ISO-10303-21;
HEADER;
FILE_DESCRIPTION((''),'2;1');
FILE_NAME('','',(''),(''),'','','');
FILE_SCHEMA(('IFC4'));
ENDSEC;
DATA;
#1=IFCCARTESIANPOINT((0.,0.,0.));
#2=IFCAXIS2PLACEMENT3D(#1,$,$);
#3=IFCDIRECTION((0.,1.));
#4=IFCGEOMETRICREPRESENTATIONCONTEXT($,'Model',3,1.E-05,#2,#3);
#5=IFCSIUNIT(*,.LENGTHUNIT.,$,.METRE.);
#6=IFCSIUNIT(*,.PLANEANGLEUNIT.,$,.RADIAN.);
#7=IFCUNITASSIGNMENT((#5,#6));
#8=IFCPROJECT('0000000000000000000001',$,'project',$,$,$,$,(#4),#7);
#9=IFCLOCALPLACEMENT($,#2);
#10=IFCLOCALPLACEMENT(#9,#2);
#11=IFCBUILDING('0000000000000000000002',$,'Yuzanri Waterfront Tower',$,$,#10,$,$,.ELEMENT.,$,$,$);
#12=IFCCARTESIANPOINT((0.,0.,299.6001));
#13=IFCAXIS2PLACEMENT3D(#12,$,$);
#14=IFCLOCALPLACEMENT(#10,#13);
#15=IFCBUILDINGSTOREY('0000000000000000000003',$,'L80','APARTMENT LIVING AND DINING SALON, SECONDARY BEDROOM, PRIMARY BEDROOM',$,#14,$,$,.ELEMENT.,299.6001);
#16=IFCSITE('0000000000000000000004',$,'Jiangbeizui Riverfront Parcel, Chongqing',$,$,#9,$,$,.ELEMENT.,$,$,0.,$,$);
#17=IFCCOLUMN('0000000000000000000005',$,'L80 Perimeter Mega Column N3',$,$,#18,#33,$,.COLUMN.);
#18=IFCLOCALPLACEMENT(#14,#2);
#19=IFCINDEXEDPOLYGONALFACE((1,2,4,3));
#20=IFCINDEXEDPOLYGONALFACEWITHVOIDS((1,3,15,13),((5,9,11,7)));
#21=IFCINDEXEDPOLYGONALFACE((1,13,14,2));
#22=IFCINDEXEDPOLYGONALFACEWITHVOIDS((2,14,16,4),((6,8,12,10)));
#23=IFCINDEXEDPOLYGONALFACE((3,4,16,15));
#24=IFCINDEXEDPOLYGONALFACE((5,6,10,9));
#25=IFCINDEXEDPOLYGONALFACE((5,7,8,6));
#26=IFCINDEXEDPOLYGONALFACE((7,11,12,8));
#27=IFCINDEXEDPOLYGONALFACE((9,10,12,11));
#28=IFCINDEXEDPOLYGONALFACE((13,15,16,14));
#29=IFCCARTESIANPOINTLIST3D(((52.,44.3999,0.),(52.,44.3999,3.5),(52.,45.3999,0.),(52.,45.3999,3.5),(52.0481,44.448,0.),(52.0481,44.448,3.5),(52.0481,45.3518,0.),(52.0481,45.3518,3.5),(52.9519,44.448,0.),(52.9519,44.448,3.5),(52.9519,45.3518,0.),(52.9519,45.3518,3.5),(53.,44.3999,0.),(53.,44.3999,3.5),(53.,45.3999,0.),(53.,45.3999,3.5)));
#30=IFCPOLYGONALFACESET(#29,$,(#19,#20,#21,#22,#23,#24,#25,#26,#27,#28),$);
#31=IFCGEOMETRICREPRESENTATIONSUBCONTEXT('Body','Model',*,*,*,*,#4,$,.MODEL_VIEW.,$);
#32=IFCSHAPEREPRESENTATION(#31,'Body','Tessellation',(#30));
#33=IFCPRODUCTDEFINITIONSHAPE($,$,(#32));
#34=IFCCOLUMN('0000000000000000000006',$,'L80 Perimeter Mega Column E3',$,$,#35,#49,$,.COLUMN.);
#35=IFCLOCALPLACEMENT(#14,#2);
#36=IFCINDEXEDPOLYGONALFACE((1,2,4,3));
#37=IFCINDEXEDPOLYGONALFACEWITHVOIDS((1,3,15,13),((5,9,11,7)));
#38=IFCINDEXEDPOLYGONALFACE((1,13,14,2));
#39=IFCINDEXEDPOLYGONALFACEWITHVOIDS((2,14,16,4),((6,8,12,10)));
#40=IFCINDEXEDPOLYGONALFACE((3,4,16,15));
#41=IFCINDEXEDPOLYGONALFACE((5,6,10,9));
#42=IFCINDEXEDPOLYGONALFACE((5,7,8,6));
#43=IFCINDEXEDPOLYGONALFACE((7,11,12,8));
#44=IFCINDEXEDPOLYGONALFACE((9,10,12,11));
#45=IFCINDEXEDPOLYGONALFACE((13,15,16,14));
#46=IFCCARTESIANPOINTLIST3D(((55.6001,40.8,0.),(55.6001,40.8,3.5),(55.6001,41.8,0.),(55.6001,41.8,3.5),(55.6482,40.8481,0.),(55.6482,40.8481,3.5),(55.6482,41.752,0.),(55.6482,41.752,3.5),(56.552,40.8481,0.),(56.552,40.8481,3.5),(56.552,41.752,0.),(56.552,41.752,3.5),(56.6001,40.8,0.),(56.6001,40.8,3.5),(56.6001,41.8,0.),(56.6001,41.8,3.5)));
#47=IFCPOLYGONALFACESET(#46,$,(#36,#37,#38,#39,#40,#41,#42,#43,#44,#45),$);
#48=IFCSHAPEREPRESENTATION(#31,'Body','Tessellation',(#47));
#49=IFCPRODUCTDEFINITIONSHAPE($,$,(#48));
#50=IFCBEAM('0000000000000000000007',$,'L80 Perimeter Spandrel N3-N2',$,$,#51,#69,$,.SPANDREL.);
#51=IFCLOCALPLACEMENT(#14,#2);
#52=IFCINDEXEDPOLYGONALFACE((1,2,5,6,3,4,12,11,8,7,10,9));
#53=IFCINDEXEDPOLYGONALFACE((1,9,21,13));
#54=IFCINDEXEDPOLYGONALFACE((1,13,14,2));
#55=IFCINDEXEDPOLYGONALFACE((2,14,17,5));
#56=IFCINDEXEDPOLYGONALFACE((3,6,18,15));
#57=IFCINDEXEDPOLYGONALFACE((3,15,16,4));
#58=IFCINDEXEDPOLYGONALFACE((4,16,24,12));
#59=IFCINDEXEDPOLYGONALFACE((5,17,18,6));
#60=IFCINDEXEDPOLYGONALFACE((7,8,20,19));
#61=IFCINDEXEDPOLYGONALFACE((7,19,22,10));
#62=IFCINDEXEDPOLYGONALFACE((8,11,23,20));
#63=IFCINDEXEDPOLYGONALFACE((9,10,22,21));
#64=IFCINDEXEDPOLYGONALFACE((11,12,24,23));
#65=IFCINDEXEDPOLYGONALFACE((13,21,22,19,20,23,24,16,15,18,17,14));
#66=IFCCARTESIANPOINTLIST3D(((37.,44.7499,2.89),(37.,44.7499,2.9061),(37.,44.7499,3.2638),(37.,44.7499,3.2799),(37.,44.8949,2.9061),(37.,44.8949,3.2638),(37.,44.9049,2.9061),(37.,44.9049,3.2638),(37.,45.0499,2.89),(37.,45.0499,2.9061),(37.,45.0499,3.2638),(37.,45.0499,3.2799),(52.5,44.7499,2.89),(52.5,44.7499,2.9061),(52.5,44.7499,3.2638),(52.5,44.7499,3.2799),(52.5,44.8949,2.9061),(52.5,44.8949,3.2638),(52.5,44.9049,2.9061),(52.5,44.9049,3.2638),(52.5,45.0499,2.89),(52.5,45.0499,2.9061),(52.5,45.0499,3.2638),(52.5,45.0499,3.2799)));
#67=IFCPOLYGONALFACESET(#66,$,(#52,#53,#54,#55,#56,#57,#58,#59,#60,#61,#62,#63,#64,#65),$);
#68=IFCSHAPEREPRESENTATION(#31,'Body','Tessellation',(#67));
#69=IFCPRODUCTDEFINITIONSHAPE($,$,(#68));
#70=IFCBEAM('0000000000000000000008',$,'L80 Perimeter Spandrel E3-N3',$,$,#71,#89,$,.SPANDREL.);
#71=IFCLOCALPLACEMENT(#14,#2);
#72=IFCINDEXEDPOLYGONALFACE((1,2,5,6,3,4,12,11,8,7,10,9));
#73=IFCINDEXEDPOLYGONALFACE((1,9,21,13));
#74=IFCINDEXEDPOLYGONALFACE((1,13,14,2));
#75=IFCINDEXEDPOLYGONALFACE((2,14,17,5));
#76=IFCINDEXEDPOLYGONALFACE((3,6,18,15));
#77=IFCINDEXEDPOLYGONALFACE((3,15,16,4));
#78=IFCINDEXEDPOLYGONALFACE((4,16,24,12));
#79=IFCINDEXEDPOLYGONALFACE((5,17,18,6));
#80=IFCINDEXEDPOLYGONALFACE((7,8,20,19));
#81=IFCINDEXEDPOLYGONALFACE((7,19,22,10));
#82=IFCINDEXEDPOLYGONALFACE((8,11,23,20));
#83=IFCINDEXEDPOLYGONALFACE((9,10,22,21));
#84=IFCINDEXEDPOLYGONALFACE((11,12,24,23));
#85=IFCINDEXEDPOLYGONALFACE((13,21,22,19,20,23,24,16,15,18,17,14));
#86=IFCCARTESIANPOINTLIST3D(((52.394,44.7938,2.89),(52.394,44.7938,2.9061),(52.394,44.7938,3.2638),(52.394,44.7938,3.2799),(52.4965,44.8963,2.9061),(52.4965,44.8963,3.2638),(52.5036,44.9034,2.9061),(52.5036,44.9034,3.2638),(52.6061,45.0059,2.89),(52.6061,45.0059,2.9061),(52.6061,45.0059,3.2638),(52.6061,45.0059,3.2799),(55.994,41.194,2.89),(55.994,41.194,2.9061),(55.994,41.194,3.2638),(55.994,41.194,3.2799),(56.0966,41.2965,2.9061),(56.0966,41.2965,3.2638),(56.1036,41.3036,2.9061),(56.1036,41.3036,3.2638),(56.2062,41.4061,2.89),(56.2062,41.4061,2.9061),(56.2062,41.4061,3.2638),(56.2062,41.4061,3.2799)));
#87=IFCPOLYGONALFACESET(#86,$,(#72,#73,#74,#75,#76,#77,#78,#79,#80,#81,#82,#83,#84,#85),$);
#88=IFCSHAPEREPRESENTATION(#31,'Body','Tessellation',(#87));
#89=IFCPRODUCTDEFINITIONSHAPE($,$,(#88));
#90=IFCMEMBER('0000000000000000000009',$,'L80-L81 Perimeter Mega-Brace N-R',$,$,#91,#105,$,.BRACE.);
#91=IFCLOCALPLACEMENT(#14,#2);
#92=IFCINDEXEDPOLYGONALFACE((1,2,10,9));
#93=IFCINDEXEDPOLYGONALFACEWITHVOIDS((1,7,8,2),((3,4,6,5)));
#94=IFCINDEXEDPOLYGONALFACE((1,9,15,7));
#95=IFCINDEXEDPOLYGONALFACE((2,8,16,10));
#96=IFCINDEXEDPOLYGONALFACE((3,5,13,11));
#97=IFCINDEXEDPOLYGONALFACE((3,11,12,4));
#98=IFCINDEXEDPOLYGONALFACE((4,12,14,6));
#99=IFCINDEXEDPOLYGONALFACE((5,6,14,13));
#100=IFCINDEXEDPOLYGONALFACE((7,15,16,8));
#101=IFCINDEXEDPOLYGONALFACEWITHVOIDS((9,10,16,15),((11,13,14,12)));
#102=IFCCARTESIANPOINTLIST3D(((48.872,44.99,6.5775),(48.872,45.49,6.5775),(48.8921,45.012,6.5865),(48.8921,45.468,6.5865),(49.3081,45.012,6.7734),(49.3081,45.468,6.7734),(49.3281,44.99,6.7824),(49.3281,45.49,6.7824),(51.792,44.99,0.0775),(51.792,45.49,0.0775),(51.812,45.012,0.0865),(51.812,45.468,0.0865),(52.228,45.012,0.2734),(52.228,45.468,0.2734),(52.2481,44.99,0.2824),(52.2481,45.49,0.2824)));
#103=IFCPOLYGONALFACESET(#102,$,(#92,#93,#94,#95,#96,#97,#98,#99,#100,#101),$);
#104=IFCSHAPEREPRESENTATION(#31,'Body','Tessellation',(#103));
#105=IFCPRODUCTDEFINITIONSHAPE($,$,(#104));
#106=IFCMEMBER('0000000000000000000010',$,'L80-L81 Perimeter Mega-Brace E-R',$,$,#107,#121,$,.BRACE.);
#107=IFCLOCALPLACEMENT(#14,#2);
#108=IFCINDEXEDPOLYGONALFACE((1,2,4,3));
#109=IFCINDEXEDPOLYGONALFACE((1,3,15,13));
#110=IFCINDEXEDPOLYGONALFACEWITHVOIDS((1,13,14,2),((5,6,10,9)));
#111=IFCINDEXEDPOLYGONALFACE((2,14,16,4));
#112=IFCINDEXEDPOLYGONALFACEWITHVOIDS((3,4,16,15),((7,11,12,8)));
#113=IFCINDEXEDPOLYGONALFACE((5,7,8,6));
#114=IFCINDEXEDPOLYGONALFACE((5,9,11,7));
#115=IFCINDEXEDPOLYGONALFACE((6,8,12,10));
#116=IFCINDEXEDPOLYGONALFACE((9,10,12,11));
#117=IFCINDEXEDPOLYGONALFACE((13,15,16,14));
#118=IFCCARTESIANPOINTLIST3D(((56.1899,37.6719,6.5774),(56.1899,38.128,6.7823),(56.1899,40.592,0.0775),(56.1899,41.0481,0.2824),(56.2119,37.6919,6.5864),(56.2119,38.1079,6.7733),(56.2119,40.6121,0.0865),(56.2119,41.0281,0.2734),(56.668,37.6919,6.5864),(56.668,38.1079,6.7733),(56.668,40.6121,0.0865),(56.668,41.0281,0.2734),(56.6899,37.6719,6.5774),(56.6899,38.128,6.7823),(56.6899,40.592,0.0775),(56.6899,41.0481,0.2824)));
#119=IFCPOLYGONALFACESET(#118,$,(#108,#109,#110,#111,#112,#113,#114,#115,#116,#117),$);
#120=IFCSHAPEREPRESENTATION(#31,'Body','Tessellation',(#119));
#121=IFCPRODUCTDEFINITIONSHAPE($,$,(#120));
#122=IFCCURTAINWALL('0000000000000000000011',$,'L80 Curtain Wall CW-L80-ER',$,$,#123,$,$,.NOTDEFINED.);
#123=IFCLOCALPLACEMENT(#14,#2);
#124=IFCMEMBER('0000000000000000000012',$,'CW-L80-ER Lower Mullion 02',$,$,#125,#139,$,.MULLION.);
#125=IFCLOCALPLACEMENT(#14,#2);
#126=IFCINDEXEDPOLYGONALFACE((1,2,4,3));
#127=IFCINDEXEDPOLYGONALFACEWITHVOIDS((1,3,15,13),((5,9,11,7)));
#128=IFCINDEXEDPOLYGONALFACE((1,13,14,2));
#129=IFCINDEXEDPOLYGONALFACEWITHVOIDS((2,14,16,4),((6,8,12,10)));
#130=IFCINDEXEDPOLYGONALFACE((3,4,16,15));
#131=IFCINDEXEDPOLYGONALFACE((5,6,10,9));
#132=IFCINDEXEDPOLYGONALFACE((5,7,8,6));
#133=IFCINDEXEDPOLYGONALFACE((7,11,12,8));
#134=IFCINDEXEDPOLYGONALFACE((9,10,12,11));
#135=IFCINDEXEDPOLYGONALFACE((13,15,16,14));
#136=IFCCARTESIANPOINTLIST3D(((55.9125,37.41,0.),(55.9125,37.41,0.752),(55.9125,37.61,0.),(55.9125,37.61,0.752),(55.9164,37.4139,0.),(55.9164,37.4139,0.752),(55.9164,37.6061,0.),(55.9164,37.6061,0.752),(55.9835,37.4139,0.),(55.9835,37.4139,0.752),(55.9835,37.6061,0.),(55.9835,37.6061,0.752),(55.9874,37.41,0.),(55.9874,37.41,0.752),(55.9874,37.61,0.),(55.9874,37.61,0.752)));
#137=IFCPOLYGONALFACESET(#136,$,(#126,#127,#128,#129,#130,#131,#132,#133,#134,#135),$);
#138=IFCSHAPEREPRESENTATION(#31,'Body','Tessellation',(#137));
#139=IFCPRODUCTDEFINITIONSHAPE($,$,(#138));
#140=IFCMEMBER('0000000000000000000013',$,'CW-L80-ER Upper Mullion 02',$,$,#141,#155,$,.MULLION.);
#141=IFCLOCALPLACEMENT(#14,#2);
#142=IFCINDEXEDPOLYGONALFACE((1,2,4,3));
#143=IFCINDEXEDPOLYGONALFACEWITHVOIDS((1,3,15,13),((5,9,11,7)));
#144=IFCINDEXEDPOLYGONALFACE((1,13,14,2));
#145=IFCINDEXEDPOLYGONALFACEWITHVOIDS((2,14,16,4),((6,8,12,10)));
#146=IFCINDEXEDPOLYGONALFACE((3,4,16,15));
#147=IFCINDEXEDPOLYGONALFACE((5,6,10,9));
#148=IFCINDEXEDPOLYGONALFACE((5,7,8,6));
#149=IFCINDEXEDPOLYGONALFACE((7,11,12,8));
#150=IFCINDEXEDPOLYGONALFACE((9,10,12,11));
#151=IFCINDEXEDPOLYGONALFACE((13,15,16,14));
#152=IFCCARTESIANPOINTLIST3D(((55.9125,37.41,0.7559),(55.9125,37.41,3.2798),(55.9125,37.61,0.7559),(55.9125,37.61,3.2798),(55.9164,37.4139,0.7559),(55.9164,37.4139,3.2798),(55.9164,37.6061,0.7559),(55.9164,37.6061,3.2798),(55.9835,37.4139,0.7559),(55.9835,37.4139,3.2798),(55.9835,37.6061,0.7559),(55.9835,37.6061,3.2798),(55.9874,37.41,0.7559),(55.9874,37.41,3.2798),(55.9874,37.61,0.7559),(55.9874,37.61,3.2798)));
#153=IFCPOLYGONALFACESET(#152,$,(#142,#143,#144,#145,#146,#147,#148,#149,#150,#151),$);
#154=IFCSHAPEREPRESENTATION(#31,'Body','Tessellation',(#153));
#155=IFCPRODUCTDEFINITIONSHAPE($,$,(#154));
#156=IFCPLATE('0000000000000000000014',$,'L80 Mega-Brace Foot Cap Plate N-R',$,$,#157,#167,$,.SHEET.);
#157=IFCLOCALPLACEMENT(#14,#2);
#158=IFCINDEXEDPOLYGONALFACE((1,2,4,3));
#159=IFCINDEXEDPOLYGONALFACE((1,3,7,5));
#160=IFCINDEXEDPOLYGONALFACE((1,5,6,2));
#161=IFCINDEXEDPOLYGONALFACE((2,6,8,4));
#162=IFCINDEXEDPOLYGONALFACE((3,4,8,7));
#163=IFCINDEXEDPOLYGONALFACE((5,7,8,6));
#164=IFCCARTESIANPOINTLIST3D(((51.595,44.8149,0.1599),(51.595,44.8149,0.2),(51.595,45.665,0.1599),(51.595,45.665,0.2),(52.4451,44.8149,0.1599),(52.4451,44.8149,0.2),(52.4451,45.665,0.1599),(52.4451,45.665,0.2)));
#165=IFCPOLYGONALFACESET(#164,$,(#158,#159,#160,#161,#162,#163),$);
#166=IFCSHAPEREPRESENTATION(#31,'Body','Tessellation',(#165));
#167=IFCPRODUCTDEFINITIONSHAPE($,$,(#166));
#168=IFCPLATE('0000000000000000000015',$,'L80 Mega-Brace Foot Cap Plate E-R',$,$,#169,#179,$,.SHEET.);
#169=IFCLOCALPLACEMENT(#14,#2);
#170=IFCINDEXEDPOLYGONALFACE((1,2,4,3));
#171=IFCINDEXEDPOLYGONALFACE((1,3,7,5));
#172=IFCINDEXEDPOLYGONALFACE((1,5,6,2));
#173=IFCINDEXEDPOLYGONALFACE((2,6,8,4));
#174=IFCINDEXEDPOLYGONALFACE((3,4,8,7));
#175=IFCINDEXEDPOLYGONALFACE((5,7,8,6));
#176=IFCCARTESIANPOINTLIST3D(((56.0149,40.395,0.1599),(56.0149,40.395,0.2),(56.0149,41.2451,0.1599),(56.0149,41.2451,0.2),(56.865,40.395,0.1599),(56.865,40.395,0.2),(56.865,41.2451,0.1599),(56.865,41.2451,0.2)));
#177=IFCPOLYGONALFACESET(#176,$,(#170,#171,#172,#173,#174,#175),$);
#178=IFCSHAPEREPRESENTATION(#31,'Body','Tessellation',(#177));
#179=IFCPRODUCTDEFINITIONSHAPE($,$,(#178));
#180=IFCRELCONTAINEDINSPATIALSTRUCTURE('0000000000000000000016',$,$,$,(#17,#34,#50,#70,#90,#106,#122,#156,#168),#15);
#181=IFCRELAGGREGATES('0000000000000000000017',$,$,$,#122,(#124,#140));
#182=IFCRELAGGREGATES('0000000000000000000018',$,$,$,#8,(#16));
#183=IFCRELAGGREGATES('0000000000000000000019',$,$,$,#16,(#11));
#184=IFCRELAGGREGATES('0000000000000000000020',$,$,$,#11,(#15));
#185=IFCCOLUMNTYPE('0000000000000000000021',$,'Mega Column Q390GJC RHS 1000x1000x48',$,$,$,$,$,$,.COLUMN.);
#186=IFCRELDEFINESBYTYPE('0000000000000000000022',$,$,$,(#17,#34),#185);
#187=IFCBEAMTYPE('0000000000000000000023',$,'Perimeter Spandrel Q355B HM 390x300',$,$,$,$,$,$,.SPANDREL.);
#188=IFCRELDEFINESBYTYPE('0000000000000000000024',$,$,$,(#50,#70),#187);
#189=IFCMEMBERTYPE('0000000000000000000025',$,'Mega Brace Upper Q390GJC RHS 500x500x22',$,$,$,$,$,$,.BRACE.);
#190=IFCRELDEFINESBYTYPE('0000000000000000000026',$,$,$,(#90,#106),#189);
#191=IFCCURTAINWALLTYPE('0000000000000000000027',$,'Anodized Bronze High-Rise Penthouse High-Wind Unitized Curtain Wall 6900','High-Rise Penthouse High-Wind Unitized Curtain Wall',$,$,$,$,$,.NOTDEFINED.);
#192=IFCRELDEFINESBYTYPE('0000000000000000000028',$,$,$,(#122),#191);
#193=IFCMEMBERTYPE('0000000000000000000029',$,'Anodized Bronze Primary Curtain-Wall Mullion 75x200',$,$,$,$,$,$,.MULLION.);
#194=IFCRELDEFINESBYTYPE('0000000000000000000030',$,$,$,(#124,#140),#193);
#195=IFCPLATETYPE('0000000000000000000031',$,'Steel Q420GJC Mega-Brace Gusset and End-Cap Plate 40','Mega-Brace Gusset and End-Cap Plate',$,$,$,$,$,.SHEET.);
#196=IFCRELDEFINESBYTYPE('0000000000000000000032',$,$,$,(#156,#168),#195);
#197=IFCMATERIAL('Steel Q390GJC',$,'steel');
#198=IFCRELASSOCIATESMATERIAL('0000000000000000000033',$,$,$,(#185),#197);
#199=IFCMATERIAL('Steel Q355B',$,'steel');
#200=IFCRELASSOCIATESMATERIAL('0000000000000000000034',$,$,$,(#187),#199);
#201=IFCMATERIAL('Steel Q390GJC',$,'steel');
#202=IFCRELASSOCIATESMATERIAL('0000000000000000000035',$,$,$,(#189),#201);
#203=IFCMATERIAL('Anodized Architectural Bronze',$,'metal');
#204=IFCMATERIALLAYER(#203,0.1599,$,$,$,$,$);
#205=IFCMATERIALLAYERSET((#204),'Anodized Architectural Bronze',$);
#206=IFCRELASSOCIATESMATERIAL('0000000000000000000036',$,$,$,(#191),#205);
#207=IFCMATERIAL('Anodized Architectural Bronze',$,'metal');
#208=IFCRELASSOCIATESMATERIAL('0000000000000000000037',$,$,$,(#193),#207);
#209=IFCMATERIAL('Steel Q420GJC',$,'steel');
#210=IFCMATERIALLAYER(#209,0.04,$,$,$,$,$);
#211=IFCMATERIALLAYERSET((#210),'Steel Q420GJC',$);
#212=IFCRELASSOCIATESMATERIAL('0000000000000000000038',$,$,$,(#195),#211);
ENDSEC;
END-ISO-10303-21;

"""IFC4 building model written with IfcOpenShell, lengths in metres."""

from ifc_helpers import new_model, si_unit, direction, frame, origin, origin_2d, place, context, subcontext, project, spatial, rectangle, hollow_rectangle, i_section, extrude, source, transform, mapped, material, layer, layer_set, material_profile, profile_set, type_object, element, aggregate, save


model = new_model("IFC4")

# Units and contexts
model_context = context("Model", 3, precision=1e-05, world=origin(), true_north=direction((0.0, 1.0)))
body_context = subcontext(model_context, "Body", "Model", "MODEL_VIEW")
ifc_project = project(units=[si_unit("LENGTHUNIT", "METRE"), si_unit("PLANEANGLEUNIT", "RADIAN")], contexts=[model_context])

# Site, building, storey
site_placement = place(None, origin())
site = spatial("IfcSite", under=ifc_project, at=site_placement, Name="Jiangbeizui Riverfront Parcel, Chongqing", CompositionType="ELEMENT", RefElevation=0.0)
building_placement = place(site_placement, origin())
building = spatial("IfcBuilding", under=site, at=building_placement, Name="Yuzanri Waterfront Tower", CompositionType="ELEMENT")
storey_placement = place(building_placement, frame((0.0, 0.0, 299.6001)))
storey = spatial("IfcBuildingStorey", under=building, at=storey_placement, Name="L80", Description="APARTMENT LIVING AND DINING SALON, SECONDARY BEDROOM, PRIMARY BEDROOM", CompositionType="ELEMENT", Elevation=299.6001)

# Columns
ifc_material_1 = material(Name="Steel Q390GJC", Category="steel")
ifc_material_profile_1 = material_profile(ifc_material_1, hollow_rectangle(XDim=1.0, YDim=1.0, WallThickness=0.0481, at=origin_2d()), Name="RHS 1000x1000x48")
ifc_profile_set_1 = profile_set([ifc_material_profile_1], Name="Steel Q390GJC")
column_type = type_object("IfcColumnType", Name="Mega Column Q390GJC RHS 1000x1000x48", PredefinedType="COLUMN", material=ifc_profile_set_1)
shared_shape_1 = source(origin(), body_context, "Body", "SweptSolid", [
    extrude(hollow_rectangle(XDim=1.0, YDim=1.0, WallThickness=0.0481, at=origin_2d()), origin(), (0.0, 0.0, 1.0), 3.5),
])
for number, where, z_axis, x_axis, name in (
    (1, (52.5, 44.8999, 0.0), (0.0, 0.0, 1.0), (1.0, 0.0, 0.0), "L80 Perimeter Mega Column N3"),
    (2, (56.1001, 41.3, 0.0), (0.0, 0.0, 1.0), (1.0, 0.0, 0.0), "L80 Perimeter Mega Column E3"),
):
    element("IfcColumn", number, at=place(storey_placement, frame(where, z_axis=z_axis, x_axis=x_axis)), inside=storey, type_object=column_type, Name=name, PredefinedType="COLUMN", context=body_context, shape_type="MappedRepresentation", body=[
        mapped(shared_shape_1, transform((0.0, 0.0, 0.0), scale=1.0)),
    ])

# Beams
ifc_material_2 = material(Name="Steel Q355B", Category="steel")
ifc_material_profile_2 = material_profile(ifc_material_2, i_section(OverallWidth=0.3, OverallDepth=0.3899, WebThickness=0.01, FlangeThickness=0.0161, at=origin_2d()), Name="HM 390x300x10x16")
ifc_profile_set_2 = profile_set([ifc_material_profile_2], Name="Steel Q355B")
beam_type = type_object("IfcBeamType", Name="Perimeter Spandrel Q355B HM 390x300", PredefinedType="SPANDREL", material=ifc_profile_set_2)
shared_shape_2 = source(origin(), body_context, "Body", "SweptSolid", [
    extrude(i_section(OverallWidth=0.3, OverallDepth=0.3899, WebThickness=0.01, FlangeThickness=0.0161, at=origin_2d()), origin(), (0.0, 0.0, 1.0), 15.5),
])
beam_1_placement = place(storey_placement, frame((52.5, 44.8999, 3.085), z_axis=(-1.0, 0.0, 0.0), x_axis=(0.0, -1.0, 0.0)))
element("IfcBeam", 3, at=beam_1_placement, inside=storey, type_object=beam_type, Name="L80 Perimeter Spandrel N3-N2", PredefinedType="SPANDREL", context=body_context, shape_type="MappedRepresentation", body=[
    mapped(shared_shape_2, transform((0.0, 0.0, 0.0), scale=1.0)),
])
shared_shape_3 = source(origin(), body_context, "Body", "SweptSolid", [
    extrude(i_section(OverallWidth=0.3, OverallDepth=0.3899, WebThickness=0.01, FlangeThickness=0.0161, at=origin_2d()), origin(), (0.0, 0.0, 1.0), 5.0911),
])
beam_2_placement = place(storey_placement, frame((56.1001, 41.3, 3.085), z_axis=(-0.707131, 0.707083, 0.0), x_axis=(-0.707083, -0.707131, 0.0)))
element("IfcBeam", 4, at=beam_2_placement, inside=storey, type_object=beam_type, Name="L80 Perimeter Spandrel E3-N3", PredefinedType="SPANDREL", context=body_context, shape_type="MappedRepresentation", body=[
    mapped(shared_shape_3, transform((0.0, 0.0, 0.0), scale=1.0)),
])

# Members
ifc_material_3 = material(Name="Steel Q390GJC", Category="steel")
ifc_material_profile_3 = material_profile(ifc_material_3, hollow_rectangle(XDim=0.5, YDim=0.5, WallThickness=0.022, at=origin_2d()), Name="RHS 500x500x22")
ifc_profile_set_3 = profile_set([ifc_material_profile_3], Name="Steel Q390GJC")
member_type_1 = type_object("IfcMemberType", Name="Mega Brace Upper Q390GJC RHS 500x500x22", PredefinedType="BRACE", material=ifc_profile_set_3)
shared_shape_4 = source(origin(), body_context, "Body", "SweptSolid", [
    extrude(hollow_rectangle(XDim=0.5, YDim=0.5, WallThickness=0.022, at=origin_2d()), origin(), (0.0, 0.0, 1.0), 7.1257),
])
for number, where, z_axis, x_axis, name in (
    (5, (52.02, 45.24, 0.1799), (-0.409772, 0.0, 0.912188), (0.0, -1.0, 0.0), "L80-L81 Perimeter Mega-Brace N-R"),
    (6, (56.4399, 40.8201, 0.1799), (0.0, -0.4098, 0.912175), (1.0, 0.0, 0.0), "L80-L81 Perimeter Mega-Brace E-R"),
):
    element("IfcMember", number, at=place(storey_placement, frame(where, z_axis=z_axis, x_axis=x_axis)), inside=storey, type_object=member_type_1, Name=name, PredefinedType="BRACE", context=body_context, shape_type="MappedRepresentation", body=[
        mapped(shared_shape_4, transform((0.0, 0.0, 0.0), scale=1.0)),
    ])

# Curtain wall, members
ifc_material_4 = material(Name="Anodized Architectural Bronze", Category="metal")
ifc_layer_1 = layer(ifc_material_4, 0.1599)
ifc_layer_set_1 = layer_set([ifc_layer_1], Name="Anodized Architectural Bronze")
curtain_wall_type = type_object("IfcCurtainWallType", Name="Anodized Bronze High-Rise Penthouse High-Wind Unitized Curtain Wall 6900", Description="High-Rise Penthouse High-Wind Unitized Curtain Wall", PredefinedType="NOTDEFINED", material=ifc_layer_set_1)
curtain_wall_placement = place(storey_placement, origin())
curtain_wall = element("IfcCurtainWall", 7, at=curtain_wall_placement, inside=storey, type_object=curtain_wall_type, Name="L80 Curtain Wall CW-L80-ER", PredefinedType="NOTDEFINED")
ifc_material_5 = material(Name="Anodized Architectural Bronze", Category="metal")
ifc_material_profile_4 = material_profile(ifc_material_5, hollow_rectangle(XDim=0.075, YDim=0.2, WallThickness=0.0039, at=origin_2d()), Name="CWM 75x200")
ifc_profile_set_4 = profile_set([ifc_material_profile_4], Name="Anodized Architectural Bronze")
member_type_2 = type_object("IfcMemberType", Name="Anodized Bronze Primary Curtain-Wall Mullion 75x200", PredefinedType="MULLION", material=ifc_profile_set_4)
shared_shape_5 = source(origin(), body_context, "Body", "SweptSolid", [
    extrude(hollow_rectangle(XDim=0.075, YDim=0.2, WallThickness=0.0039, at=origin_2d()), origin(), (0.0, 0.0, 1.0), 0.752),
])
member_1_placement = place(storey_placement, frame((55.95, 37.51, 0.0), z_axis=(0.0, 0.0, 1.0), x_axis=(1.0, 0.0, 0.0)))
member_1 = element("IfcMember", 8, at=member_1_placement, type_object=member_type_2, Name="CW-L80-ER Lower Mullion 02", PredefinedType="MULLION", context=body_context, shape_type="MappedRepresentation", body=[
    mapped(shared_shape_5, transform((0.0, 0.0, 0.0), scale=1.0)),
])
shared_shape_6 = source(origin(), body_context, "Body", "SweptSolid", [
    extrude(hollow_rectangle(XDim=0.075, YDim=0.2, WallThickness=0.0039, at=origin_2d()), origin(), (0.0, 0.0, 1.0), 2.5239),
])
member_2_placement = place(storey_placement, frame((55.95, 37.51, 0.7559), z_axis=(0.0, 0.0, 1.0), x_axis=(1.0, 0.0, 0.0)))
member_2 = element("IfcMember", 9, at=member_2_placement, type_object=member_type_2, Name="CW-L80-ER Upper Mullion 02", PredefinedType="MULLION", context=body_context, shape_type="MappedRepresentation", body=[
    mapped(shared_shape_6, transform((0.0, 0.0, 0.0), scale=1.0)),
])

# Plates
ifc_material_6 = material(Name="Steel Q420GJC", Category="steel")
ifc_layer_2 = layer(ifc_material_6, 0.04)
ifc_layer_set_2 = layer_set([ifc_layer_2], Name="Steel Q420GJC")
plate_type_1 = type_object("IfcPlateType", Name="Steel Q420GJC Mega-Brace Gusset and End-Cap Plate 40", Description="Mega-Brace Gusset and End-Cap Plate", PredefinedType="SHEET", material=ifc_layer_set_2)
shared_shape_7 = source(origin(), body_context, "Body", "SweptSolid", [
    extrude(rectangle(XDim=0.8501, YDim=0.8501, at=origin_2d()), origin(), (0.0, 0.0, 1.0), 0.04),
])
for number, where, z_axis, x_axis, name in (
    (10, (52.02, 45.24, 0.1599), (0.0, 0.0, 1.0), (1.0, 0.0, 0.0), "L80 Mega-Brace Foot Cap Plate N-R"),
    (11, (56.4399, 40.8201, 0.1599), (0.0, 0.0, 1.0), (1.0, 0.0, 0.0), "L80 Mega-Brace Foot Cap Plate E-R"),
):
    element("IfcPlate", number, at=place(storey_placement, frame(where, z_axis=z_axis, x_axis=x_axis)), inside=storey, type_object=plate_type_1, Name=name, PredefinedType="SHEET", context=body_context, shape_type="MappedRepresentation", body=[
        mapped(shared_shape_7, transform((0.0, 0.0, 0.0), scale=1.0)),
    ])

aggregate(curtain_wall, [member_1, member_2])

save(model, "model.ifc")
